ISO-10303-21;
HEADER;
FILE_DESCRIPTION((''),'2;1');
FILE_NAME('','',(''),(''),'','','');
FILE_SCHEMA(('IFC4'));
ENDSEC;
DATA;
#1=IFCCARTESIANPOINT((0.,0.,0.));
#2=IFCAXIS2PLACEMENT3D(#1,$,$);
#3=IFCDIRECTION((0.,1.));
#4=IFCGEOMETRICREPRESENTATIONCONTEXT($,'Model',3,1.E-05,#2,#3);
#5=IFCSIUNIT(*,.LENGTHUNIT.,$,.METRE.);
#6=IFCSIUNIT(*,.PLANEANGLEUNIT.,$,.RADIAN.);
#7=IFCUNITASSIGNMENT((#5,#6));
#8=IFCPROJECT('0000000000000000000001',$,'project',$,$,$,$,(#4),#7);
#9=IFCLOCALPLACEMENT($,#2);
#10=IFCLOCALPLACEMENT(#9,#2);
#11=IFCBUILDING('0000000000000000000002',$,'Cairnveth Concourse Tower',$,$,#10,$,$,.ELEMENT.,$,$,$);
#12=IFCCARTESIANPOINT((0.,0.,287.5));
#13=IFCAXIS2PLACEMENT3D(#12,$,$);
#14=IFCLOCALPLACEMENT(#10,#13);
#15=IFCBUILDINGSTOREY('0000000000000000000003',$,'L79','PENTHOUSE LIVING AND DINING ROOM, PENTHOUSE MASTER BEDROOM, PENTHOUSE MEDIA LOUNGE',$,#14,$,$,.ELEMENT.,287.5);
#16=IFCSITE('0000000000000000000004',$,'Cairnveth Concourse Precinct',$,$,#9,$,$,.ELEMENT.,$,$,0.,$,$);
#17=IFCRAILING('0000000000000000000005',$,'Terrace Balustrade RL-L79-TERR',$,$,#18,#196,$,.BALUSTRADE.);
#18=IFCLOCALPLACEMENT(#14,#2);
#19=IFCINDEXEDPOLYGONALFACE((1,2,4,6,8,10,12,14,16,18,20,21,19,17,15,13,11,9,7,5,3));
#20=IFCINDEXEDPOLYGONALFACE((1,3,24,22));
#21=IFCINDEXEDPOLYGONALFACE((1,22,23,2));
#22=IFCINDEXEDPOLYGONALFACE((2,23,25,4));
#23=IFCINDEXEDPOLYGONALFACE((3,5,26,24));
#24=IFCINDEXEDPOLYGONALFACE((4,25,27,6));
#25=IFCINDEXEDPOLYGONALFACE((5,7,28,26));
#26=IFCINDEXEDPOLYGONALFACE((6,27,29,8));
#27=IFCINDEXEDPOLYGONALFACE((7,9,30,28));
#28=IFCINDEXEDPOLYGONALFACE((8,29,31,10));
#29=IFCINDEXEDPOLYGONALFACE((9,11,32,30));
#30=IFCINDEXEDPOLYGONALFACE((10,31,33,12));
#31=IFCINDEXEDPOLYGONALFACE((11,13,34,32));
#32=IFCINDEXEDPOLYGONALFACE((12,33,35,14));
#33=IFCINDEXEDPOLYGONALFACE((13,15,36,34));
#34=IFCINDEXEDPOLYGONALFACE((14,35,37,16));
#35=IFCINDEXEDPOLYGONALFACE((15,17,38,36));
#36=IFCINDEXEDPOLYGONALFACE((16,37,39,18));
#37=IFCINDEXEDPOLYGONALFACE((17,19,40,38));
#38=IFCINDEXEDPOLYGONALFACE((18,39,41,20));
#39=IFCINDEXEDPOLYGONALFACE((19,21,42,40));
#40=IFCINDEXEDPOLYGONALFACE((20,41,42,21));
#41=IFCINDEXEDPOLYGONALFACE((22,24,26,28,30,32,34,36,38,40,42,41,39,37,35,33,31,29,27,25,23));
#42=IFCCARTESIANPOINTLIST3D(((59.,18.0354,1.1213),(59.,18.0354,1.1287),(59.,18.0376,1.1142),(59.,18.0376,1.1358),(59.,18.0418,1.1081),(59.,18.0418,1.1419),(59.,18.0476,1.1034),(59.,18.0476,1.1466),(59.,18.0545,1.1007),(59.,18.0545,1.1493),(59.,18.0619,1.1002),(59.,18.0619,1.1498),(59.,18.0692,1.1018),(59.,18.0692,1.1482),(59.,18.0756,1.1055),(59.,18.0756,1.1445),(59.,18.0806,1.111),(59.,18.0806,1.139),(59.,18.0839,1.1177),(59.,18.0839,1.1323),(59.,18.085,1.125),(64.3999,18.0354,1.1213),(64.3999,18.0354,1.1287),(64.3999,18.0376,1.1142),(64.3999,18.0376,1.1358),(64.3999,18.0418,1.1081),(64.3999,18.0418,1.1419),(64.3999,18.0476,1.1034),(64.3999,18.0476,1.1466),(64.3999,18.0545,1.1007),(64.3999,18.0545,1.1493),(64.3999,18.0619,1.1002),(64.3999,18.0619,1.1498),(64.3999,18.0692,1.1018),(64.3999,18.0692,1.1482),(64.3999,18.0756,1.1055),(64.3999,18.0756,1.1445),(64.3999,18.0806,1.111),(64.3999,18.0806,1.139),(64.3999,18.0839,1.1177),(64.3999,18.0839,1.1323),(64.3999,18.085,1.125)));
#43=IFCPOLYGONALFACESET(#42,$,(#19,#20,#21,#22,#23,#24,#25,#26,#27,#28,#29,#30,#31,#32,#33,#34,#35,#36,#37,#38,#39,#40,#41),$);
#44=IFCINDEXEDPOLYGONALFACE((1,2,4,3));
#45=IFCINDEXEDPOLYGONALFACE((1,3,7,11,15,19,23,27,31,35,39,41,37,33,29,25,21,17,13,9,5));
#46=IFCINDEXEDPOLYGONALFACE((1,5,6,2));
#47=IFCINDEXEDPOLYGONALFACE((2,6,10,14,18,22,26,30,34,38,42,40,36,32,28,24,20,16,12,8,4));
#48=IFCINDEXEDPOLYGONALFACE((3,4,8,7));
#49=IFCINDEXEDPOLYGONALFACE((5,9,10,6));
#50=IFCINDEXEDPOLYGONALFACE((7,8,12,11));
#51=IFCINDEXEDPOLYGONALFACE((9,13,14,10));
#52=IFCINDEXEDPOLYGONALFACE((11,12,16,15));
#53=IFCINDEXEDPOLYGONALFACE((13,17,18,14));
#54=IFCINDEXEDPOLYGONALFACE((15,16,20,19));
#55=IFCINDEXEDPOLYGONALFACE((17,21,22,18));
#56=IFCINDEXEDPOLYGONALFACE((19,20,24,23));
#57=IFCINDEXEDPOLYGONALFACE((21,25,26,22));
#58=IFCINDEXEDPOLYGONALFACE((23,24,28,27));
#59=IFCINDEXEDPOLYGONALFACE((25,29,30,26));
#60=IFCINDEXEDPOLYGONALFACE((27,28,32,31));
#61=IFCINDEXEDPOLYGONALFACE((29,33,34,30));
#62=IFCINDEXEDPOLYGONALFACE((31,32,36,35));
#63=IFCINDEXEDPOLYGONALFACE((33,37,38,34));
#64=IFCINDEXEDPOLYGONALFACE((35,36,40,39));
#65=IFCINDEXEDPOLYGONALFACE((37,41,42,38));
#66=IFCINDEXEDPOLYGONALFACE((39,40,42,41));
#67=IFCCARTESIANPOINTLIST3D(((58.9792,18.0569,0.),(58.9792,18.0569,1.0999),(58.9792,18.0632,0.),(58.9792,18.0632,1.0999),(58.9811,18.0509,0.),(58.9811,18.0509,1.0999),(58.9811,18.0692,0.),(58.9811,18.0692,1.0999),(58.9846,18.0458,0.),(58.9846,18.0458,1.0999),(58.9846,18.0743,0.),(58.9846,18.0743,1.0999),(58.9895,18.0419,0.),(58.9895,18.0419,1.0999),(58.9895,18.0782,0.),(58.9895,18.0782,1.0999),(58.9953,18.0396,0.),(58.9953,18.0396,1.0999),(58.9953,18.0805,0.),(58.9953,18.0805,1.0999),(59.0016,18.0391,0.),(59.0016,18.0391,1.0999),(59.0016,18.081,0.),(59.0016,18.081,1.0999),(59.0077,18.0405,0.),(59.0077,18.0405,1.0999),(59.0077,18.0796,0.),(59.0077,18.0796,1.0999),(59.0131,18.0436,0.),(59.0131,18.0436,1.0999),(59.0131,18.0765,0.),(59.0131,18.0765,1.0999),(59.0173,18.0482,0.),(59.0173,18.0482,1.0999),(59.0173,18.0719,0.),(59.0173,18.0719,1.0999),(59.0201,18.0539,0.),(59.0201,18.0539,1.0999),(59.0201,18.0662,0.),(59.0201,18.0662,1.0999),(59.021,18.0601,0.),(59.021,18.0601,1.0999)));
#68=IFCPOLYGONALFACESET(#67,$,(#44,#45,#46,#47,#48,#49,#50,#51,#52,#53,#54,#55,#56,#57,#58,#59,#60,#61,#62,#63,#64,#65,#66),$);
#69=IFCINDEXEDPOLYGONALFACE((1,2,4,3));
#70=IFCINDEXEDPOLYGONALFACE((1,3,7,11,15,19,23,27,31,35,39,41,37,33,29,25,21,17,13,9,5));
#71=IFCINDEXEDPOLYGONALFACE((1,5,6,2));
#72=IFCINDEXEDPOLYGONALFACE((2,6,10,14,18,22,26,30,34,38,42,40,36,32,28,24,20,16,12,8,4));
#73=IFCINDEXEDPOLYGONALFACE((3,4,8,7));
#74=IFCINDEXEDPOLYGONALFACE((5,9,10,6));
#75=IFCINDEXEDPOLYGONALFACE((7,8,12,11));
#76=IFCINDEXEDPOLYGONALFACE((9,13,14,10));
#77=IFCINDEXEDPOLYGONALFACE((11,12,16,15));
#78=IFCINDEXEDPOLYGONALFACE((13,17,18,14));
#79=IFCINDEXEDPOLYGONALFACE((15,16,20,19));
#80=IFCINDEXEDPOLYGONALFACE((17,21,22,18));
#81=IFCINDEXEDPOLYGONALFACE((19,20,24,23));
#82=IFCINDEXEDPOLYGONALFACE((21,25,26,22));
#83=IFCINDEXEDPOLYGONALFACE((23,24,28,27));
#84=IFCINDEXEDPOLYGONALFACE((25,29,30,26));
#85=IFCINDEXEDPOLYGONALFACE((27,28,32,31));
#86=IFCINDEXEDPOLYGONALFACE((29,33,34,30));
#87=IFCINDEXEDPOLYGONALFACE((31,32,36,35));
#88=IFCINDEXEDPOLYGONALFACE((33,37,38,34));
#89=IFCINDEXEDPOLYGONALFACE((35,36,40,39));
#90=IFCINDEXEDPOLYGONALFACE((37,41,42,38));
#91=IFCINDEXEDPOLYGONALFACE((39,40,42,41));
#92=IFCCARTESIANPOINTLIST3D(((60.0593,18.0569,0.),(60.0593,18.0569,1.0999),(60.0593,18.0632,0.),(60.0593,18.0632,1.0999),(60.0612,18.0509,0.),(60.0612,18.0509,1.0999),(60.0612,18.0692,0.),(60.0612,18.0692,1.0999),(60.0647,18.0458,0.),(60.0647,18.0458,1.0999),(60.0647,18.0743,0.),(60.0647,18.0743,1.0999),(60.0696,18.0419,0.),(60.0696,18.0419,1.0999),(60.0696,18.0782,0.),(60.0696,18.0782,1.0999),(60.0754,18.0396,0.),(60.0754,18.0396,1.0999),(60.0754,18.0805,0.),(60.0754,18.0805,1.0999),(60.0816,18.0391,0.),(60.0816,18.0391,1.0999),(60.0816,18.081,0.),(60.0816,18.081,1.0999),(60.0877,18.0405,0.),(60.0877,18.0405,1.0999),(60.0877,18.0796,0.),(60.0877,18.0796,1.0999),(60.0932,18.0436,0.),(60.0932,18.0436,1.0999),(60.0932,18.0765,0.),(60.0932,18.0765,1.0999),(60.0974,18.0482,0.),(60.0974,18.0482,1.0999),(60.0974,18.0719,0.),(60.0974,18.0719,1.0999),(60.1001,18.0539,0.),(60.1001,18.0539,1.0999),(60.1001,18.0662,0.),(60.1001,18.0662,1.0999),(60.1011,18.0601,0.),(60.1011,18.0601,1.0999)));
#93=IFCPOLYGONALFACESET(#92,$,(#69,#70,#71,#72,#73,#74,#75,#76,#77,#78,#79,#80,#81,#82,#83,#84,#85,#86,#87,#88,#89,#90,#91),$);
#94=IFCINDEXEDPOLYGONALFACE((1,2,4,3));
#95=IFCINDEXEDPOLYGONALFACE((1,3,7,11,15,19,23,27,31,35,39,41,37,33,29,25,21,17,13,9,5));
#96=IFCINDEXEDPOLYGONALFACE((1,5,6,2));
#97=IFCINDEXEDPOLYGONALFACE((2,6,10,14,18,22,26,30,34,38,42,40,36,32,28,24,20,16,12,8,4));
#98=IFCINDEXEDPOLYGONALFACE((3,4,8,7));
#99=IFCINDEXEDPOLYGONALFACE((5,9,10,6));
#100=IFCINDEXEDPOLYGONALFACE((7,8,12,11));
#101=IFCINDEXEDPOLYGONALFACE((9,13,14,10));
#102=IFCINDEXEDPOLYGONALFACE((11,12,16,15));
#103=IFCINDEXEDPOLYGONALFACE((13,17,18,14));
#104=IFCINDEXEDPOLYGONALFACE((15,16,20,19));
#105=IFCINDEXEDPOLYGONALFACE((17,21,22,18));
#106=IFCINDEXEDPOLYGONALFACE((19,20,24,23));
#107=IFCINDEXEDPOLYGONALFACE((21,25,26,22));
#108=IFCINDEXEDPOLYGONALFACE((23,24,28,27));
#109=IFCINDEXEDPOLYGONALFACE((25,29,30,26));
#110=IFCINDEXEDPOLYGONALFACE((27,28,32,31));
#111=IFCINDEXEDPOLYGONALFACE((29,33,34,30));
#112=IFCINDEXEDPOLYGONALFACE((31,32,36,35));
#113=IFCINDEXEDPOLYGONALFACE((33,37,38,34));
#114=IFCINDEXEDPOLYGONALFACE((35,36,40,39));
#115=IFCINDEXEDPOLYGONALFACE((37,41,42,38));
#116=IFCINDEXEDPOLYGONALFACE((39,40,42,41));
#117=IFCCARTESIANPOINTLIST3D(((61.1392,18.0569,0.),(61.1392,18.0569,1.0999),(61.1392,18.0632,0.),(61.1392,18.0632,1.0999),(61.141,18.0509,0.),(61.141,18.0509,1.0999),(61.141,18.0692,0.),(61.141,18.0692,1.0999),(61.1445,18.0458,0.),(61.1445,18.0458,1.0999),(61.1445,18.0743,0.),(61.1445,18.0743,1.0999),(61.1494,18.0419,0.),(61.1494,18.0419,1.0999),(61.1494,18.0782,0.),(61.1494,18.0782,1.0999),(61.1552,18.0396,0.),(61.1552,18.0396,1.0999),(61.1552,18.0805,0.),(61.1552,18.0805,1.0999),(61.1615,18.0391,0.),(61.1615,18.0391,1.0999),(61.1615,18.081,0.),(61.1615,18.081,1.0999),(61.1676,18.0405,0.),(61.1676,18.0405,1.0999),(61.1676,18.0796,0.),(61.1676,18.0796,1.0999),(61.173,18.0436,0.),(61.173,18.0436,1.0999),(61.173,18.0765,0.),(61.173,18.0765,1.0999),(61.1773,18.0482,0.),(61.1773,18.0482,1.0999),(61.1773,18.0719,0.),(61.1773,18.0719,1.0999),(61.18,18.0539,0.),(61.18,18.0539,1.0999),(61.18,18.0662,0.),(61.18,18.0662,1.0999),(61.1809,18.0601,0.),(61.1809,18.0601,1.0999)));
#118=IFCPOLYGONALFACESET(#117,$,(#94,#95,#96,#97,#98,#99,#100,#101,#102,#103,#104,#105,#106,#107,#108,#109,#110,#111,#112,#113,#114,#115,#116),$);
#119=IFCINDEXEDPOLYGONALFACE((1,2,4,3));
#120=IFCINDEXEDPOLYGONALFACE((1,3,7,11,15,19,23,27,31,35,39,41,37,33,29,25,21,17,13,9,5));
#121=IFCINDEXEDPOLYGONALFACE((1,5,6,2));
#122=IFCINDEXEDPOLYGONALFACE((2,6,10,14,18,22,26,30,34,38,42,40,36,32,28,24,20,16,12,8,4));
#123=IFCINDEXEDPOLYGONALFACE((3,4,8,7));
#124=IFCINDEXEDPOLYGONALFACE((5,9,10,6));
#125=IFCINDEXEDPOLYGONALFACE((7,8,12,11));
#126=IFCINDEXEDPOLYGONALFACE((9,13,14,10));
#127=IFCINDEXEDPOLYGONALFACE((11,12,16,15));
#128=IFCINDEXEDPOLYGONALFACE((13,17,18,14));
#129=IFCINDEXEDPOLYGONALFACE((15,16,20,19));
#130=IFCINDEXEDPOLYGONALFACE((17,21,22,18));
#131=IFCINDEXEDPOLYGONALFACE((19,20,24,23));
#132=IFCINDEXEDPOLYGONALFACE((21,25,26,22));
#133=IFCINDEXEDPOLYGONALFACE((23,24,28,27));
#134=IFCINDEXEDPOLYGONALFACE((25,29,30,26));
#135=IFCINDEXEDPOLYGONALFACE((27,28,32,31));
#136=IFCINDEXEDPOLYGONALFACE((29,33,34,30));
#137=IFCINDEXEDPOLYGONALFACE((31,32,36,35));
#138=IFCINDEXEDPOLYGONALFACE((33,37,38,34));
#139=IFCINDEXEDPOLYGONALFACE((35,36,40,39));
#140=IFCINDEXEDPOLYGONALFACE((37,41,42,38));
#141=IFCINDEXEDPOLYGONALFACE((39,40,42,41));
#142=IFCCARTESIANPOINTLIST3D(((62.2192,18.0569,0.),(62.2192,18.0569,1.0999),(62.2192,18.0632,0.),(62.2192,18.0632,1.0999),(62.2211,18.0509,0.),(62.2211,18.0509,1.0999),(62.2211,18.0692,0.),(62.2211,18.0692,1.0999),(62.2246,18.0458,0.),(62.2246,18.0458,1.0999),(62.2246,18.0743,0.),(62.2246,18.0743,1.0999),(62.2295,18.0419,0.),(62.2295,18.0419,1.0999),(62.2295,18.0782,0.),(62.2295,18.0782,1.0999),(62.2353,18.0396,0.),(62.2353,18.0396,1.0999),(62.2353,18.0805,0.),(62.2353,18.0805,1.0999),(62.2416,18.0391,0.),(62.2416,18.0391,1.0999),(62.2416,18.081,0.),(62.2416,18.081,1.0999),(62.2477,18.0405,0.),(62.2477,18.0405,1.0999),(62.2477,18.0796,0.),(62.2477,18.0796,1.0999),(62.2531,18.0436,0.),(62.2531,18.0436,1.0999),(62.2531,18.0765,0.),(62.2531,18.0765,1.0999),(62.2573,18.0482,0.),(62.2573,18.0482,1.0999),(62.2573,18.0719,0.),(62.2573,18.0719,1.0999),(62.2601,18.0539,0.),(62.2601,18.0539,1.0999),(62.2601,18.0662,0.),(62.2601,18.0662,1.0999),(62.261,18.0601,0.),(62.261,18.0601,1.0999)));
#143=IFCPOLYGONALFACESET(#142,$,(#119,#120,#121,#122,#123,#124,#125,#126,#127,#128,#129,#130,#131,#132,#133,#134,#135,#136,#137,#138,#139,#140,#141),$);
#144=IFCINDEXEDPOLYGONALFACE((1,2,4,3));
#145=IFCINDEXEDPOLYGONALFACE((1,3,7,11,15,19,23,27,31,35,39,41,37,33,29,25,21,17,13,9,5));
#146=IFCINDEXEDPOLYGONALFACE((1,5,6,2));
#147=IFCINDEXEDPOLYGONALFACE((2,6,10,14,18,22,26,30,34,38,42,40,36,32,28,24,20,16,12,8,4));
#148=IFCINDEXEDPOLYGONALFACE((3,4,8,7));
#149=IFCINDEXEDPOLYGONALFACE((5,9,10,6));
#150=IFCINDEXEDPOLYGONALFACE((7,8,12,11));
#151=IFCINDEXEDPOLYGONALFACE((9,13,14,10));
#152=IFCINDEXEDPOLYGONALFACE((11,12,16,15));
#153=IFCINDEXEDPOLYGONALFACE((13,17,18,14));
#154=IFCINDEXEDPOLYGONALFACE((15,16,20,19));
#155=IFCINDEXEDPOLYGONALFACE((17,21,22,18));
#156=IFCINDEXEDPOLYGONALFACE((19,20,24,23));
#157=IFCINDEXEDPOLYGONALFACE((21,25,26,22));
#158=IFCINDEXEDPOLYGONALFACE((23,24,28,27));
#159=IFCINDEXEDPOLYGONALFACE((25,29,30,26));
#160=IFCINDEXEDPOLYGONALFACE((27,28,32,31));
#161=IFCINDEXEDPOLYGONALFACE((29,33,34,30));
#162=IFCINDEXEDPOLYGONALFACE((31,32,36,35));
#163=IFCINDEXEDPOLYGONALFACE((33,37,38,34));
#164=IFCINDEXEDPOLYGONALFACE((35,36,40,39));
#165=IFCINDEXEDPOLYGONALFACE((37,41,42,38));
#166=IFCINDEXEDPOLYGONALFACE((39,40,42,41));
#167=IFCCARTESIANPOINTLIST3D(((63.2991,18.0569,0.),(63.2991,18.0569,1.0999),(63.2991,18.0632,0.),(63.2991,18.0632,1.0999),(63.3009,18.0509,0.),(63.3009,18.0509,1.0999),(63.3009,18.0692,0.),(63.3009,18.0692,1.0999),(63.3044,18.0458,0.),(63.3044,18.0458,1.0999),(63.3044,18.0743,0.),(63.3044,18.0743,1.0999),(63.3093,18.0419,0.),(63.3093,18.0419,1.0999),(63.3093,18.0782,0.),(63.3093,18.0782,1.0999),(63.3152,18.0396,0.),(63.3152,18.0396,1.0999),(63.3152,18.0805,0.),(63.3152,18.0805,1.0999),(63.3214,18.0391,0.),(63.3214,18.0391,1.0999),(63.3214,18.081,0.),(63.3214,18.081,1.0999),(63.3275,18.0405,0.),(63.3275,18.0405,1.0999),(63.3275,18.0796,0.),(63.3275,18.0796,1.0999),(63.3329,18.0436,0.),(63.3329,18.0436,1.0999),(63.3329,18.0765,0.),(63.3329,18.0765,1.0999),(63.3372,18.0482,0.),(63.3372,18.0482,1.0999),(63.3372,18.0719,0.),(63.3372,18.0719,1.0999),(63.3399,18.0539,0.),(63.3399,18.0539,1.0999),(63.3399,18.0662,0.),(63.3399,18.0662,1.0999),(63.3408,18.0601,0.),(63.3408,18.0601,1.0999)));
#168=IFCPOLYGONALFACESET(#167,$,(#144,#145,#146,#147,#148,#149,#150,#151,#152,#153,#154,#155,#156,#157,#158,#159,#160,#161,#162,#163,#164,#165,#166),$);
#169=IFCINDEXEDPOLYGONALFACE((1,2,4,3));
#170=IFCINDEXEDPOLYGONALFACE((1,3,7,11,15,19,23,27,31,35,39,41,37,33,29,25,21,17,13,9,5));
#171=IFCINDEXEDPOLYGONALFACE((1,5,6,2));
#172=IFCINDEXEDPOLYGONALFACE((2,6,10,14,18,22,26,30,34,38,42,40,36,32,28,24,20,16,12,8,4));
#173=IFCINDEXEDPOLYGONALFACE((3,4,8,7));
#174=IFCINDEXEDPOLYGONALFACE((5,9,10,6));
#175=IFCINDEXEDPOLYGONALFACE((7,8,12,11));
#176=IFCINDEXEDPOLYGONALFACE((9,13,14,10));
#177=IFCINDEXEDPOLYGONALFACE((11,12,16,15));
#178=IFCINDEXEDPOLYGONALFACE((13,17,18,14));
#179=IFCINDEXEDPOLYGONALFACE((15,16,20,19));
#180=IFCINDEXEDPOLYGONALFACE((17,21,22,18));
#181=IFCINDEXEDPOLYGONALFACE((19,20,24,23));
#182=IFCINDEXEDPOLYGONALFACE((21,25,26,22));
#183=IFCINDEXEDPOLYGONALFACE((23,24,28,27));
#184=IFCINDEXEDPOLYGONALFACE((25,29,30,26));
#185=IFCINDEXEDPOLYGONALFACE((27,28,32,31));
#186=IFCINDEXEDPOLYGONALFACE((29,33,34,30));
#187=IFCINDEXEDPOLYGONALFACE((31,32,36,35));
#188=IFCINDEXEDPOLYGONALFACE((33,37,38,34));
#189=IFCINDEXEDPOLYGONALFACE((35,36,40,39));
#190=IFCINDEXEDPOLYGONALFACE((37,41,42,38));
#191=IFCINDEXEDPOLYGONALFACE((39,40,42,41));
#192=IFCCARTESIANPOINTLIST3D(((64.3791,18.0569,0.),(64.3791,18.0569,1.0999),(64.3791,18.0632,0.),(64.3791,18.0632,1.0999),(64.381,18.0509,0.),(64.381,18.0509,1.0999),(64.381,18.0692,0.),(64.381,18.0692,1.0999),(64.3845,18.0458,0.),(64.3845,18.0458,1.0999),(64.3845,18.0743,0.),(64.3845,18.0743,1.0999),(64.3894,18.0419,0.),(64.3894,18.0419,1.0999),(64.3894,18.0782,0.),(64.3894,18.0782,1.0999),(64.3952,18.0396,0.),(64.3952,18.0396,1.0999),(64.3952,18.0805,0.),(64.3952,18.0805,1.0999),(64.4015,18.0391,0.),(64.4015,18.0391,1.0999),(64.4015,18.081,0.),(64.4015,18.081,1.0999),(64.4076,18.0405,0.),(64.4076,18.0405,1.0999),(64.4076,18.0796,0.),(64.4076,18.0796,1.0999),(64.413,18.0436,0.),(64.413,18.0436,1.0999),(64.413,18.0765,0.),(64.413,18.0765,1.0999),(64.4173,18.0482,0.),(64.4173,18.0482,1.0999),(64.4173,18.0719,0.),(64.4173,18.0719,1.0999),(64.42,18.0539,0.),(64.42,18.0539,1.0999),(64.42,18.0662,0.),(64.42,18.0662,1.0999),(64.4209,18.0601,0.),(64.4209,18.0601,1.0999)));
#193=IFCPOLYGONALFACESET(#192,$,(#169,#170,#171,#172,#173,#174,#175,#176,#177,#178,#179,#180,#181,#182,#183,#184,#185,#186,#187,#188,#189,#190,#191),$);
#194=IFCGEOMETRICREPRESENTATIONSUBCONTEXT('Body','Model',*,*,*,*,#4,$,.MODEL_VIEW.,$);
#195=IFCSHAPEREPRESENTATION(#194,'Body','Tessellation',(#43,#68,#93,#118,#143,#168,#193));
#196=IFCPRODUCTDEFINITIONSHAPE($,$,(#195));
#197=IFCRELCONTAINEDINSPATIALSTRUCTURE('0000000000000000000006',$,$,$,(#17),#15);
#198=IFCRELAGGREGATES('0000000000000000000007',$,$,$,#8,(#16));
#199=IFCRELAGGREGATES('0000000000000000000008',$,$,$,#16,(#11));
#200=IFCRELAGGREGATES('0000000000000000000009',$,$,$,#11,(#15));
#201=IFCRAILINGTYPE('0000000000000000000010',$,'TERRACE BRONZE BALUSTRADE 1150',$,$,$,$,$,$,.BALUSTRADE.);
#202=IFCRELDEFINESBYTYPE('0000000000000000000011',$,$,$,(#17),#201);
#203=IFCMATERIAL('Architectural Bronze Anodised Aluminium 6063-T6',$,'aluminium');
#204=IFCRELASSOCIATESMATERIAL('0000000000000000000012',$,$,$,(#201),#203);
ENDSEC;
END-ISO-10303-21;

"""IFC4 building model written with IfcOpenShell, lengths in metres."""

from ifc_helpers import new_model, si_unit, direction, frame, origin, origin_2d, place, context, subcontext, project, spatial, circle, extrude, material, type_object, element, save


model = new_model("IFC4")

# Units and contexts
model_context = context("Model", 3, precision=1e-05, world=origin(), true_north=direction((0.0, 1.0)))
body_context = subcontext(model_context, "Body", "Model", "MODEL_VIEW")
ifc_project = project(units=[si_unit("LENGTHUNIT", "METRE"), si_unit("PLANEANGLEUNIT", "RADIAN")], contexts=[model_context])

# Site, building, storey
site_placement = place(None, origin())
site = spatial("IfcSite", under=ifc_project, at=site_placement, Name="Cairnveth Concourse Precinct", CompositionType="ELEMENT", RefElevation=0.0)
building_placement = place(site_placement, origin())
building = spatial("IfcBuilding", under=site, at=building_placement, Name="Cairnveth Concourse Tower", CompositionType="ELEMENT")
storey_placement = place(building_placement, frame((0.0, 0.0, 287.5)))
storey = spatial("IfcBuildingStorey", under=building, at=storey_placement, Name="L79", Description="PENTHOUSE LIVING AND DINING ROOM, PENTHOUSE MASTER BEDROOM, PENTHOUSE MEDIA LOUNGE", CompositionType="ELEMENT", Elevation=287.5)

# Shared definitions
ifc_material_1 = material(Name="Architectural Bronze Anodised Aluminium 6063-T6", Category="aluminium")

# Railing
railing_type = type_object("IfcRailingType", Name="TERRACE BRONZE BALUSTRADE 1150", PredefinedType="BALUSTRADE", material=ifc_material_1)
railing_placement = place(storey_placement, frame((59.0, 18.0601, 0.0)))
element("IfcRailing", 1, at=railing_placement, inside=storey, type_object=railing_type, Name="Terrace Balustrade RL-L79-TERR", PredefinedType="BALUSTRADE", context=body_context, shape_type="SweptSolid", body=[
    extrude(circle(Radius=0.0249, at=origin_2d()), frame((0.0, 0.0, 1.125), z_axis=(1.0, 0.0, 0.0), x_axis=(0.0, 1.0, 0.0)), (0.0, 0.0, 1.0), 5.3999),
    extrude(circle(Radius=0.021, at=origin_2d()), origin(), (0.0, 0.0, 1.0), 1.0999),
    extrude(circle(Radius=0.021, at=origin_2d()), frame((1.0801, 0.0, 0.0)), (0.0, 0.0, 1.0), 1.0999),
    extrude(circle(Radius=0.021, at=origin_2d()), frame((2.1599, 0.0, 0.0)), (0.0, 0.0, 1.0), 1.0999),
    extrude(circle(Radius=0.021, at=origin_2d()), frame((3.24, 0.0, 0.0)), (0.0, 0.0, 1.0), 1.0999),
    extrude(circle(Radius=0.021, at=origin_2d()), frame((4.3198, 0.0, 0.0)), (0.0, 0.0, 1.0), 1.0999),
    extrude(circle(Radius=0.021, at=origin_2d()), frame((5.3999, 0.0, 0.0)), (0.0, 0.0, 1.0), 1.0999),
])

save(model, "model.ifc")
